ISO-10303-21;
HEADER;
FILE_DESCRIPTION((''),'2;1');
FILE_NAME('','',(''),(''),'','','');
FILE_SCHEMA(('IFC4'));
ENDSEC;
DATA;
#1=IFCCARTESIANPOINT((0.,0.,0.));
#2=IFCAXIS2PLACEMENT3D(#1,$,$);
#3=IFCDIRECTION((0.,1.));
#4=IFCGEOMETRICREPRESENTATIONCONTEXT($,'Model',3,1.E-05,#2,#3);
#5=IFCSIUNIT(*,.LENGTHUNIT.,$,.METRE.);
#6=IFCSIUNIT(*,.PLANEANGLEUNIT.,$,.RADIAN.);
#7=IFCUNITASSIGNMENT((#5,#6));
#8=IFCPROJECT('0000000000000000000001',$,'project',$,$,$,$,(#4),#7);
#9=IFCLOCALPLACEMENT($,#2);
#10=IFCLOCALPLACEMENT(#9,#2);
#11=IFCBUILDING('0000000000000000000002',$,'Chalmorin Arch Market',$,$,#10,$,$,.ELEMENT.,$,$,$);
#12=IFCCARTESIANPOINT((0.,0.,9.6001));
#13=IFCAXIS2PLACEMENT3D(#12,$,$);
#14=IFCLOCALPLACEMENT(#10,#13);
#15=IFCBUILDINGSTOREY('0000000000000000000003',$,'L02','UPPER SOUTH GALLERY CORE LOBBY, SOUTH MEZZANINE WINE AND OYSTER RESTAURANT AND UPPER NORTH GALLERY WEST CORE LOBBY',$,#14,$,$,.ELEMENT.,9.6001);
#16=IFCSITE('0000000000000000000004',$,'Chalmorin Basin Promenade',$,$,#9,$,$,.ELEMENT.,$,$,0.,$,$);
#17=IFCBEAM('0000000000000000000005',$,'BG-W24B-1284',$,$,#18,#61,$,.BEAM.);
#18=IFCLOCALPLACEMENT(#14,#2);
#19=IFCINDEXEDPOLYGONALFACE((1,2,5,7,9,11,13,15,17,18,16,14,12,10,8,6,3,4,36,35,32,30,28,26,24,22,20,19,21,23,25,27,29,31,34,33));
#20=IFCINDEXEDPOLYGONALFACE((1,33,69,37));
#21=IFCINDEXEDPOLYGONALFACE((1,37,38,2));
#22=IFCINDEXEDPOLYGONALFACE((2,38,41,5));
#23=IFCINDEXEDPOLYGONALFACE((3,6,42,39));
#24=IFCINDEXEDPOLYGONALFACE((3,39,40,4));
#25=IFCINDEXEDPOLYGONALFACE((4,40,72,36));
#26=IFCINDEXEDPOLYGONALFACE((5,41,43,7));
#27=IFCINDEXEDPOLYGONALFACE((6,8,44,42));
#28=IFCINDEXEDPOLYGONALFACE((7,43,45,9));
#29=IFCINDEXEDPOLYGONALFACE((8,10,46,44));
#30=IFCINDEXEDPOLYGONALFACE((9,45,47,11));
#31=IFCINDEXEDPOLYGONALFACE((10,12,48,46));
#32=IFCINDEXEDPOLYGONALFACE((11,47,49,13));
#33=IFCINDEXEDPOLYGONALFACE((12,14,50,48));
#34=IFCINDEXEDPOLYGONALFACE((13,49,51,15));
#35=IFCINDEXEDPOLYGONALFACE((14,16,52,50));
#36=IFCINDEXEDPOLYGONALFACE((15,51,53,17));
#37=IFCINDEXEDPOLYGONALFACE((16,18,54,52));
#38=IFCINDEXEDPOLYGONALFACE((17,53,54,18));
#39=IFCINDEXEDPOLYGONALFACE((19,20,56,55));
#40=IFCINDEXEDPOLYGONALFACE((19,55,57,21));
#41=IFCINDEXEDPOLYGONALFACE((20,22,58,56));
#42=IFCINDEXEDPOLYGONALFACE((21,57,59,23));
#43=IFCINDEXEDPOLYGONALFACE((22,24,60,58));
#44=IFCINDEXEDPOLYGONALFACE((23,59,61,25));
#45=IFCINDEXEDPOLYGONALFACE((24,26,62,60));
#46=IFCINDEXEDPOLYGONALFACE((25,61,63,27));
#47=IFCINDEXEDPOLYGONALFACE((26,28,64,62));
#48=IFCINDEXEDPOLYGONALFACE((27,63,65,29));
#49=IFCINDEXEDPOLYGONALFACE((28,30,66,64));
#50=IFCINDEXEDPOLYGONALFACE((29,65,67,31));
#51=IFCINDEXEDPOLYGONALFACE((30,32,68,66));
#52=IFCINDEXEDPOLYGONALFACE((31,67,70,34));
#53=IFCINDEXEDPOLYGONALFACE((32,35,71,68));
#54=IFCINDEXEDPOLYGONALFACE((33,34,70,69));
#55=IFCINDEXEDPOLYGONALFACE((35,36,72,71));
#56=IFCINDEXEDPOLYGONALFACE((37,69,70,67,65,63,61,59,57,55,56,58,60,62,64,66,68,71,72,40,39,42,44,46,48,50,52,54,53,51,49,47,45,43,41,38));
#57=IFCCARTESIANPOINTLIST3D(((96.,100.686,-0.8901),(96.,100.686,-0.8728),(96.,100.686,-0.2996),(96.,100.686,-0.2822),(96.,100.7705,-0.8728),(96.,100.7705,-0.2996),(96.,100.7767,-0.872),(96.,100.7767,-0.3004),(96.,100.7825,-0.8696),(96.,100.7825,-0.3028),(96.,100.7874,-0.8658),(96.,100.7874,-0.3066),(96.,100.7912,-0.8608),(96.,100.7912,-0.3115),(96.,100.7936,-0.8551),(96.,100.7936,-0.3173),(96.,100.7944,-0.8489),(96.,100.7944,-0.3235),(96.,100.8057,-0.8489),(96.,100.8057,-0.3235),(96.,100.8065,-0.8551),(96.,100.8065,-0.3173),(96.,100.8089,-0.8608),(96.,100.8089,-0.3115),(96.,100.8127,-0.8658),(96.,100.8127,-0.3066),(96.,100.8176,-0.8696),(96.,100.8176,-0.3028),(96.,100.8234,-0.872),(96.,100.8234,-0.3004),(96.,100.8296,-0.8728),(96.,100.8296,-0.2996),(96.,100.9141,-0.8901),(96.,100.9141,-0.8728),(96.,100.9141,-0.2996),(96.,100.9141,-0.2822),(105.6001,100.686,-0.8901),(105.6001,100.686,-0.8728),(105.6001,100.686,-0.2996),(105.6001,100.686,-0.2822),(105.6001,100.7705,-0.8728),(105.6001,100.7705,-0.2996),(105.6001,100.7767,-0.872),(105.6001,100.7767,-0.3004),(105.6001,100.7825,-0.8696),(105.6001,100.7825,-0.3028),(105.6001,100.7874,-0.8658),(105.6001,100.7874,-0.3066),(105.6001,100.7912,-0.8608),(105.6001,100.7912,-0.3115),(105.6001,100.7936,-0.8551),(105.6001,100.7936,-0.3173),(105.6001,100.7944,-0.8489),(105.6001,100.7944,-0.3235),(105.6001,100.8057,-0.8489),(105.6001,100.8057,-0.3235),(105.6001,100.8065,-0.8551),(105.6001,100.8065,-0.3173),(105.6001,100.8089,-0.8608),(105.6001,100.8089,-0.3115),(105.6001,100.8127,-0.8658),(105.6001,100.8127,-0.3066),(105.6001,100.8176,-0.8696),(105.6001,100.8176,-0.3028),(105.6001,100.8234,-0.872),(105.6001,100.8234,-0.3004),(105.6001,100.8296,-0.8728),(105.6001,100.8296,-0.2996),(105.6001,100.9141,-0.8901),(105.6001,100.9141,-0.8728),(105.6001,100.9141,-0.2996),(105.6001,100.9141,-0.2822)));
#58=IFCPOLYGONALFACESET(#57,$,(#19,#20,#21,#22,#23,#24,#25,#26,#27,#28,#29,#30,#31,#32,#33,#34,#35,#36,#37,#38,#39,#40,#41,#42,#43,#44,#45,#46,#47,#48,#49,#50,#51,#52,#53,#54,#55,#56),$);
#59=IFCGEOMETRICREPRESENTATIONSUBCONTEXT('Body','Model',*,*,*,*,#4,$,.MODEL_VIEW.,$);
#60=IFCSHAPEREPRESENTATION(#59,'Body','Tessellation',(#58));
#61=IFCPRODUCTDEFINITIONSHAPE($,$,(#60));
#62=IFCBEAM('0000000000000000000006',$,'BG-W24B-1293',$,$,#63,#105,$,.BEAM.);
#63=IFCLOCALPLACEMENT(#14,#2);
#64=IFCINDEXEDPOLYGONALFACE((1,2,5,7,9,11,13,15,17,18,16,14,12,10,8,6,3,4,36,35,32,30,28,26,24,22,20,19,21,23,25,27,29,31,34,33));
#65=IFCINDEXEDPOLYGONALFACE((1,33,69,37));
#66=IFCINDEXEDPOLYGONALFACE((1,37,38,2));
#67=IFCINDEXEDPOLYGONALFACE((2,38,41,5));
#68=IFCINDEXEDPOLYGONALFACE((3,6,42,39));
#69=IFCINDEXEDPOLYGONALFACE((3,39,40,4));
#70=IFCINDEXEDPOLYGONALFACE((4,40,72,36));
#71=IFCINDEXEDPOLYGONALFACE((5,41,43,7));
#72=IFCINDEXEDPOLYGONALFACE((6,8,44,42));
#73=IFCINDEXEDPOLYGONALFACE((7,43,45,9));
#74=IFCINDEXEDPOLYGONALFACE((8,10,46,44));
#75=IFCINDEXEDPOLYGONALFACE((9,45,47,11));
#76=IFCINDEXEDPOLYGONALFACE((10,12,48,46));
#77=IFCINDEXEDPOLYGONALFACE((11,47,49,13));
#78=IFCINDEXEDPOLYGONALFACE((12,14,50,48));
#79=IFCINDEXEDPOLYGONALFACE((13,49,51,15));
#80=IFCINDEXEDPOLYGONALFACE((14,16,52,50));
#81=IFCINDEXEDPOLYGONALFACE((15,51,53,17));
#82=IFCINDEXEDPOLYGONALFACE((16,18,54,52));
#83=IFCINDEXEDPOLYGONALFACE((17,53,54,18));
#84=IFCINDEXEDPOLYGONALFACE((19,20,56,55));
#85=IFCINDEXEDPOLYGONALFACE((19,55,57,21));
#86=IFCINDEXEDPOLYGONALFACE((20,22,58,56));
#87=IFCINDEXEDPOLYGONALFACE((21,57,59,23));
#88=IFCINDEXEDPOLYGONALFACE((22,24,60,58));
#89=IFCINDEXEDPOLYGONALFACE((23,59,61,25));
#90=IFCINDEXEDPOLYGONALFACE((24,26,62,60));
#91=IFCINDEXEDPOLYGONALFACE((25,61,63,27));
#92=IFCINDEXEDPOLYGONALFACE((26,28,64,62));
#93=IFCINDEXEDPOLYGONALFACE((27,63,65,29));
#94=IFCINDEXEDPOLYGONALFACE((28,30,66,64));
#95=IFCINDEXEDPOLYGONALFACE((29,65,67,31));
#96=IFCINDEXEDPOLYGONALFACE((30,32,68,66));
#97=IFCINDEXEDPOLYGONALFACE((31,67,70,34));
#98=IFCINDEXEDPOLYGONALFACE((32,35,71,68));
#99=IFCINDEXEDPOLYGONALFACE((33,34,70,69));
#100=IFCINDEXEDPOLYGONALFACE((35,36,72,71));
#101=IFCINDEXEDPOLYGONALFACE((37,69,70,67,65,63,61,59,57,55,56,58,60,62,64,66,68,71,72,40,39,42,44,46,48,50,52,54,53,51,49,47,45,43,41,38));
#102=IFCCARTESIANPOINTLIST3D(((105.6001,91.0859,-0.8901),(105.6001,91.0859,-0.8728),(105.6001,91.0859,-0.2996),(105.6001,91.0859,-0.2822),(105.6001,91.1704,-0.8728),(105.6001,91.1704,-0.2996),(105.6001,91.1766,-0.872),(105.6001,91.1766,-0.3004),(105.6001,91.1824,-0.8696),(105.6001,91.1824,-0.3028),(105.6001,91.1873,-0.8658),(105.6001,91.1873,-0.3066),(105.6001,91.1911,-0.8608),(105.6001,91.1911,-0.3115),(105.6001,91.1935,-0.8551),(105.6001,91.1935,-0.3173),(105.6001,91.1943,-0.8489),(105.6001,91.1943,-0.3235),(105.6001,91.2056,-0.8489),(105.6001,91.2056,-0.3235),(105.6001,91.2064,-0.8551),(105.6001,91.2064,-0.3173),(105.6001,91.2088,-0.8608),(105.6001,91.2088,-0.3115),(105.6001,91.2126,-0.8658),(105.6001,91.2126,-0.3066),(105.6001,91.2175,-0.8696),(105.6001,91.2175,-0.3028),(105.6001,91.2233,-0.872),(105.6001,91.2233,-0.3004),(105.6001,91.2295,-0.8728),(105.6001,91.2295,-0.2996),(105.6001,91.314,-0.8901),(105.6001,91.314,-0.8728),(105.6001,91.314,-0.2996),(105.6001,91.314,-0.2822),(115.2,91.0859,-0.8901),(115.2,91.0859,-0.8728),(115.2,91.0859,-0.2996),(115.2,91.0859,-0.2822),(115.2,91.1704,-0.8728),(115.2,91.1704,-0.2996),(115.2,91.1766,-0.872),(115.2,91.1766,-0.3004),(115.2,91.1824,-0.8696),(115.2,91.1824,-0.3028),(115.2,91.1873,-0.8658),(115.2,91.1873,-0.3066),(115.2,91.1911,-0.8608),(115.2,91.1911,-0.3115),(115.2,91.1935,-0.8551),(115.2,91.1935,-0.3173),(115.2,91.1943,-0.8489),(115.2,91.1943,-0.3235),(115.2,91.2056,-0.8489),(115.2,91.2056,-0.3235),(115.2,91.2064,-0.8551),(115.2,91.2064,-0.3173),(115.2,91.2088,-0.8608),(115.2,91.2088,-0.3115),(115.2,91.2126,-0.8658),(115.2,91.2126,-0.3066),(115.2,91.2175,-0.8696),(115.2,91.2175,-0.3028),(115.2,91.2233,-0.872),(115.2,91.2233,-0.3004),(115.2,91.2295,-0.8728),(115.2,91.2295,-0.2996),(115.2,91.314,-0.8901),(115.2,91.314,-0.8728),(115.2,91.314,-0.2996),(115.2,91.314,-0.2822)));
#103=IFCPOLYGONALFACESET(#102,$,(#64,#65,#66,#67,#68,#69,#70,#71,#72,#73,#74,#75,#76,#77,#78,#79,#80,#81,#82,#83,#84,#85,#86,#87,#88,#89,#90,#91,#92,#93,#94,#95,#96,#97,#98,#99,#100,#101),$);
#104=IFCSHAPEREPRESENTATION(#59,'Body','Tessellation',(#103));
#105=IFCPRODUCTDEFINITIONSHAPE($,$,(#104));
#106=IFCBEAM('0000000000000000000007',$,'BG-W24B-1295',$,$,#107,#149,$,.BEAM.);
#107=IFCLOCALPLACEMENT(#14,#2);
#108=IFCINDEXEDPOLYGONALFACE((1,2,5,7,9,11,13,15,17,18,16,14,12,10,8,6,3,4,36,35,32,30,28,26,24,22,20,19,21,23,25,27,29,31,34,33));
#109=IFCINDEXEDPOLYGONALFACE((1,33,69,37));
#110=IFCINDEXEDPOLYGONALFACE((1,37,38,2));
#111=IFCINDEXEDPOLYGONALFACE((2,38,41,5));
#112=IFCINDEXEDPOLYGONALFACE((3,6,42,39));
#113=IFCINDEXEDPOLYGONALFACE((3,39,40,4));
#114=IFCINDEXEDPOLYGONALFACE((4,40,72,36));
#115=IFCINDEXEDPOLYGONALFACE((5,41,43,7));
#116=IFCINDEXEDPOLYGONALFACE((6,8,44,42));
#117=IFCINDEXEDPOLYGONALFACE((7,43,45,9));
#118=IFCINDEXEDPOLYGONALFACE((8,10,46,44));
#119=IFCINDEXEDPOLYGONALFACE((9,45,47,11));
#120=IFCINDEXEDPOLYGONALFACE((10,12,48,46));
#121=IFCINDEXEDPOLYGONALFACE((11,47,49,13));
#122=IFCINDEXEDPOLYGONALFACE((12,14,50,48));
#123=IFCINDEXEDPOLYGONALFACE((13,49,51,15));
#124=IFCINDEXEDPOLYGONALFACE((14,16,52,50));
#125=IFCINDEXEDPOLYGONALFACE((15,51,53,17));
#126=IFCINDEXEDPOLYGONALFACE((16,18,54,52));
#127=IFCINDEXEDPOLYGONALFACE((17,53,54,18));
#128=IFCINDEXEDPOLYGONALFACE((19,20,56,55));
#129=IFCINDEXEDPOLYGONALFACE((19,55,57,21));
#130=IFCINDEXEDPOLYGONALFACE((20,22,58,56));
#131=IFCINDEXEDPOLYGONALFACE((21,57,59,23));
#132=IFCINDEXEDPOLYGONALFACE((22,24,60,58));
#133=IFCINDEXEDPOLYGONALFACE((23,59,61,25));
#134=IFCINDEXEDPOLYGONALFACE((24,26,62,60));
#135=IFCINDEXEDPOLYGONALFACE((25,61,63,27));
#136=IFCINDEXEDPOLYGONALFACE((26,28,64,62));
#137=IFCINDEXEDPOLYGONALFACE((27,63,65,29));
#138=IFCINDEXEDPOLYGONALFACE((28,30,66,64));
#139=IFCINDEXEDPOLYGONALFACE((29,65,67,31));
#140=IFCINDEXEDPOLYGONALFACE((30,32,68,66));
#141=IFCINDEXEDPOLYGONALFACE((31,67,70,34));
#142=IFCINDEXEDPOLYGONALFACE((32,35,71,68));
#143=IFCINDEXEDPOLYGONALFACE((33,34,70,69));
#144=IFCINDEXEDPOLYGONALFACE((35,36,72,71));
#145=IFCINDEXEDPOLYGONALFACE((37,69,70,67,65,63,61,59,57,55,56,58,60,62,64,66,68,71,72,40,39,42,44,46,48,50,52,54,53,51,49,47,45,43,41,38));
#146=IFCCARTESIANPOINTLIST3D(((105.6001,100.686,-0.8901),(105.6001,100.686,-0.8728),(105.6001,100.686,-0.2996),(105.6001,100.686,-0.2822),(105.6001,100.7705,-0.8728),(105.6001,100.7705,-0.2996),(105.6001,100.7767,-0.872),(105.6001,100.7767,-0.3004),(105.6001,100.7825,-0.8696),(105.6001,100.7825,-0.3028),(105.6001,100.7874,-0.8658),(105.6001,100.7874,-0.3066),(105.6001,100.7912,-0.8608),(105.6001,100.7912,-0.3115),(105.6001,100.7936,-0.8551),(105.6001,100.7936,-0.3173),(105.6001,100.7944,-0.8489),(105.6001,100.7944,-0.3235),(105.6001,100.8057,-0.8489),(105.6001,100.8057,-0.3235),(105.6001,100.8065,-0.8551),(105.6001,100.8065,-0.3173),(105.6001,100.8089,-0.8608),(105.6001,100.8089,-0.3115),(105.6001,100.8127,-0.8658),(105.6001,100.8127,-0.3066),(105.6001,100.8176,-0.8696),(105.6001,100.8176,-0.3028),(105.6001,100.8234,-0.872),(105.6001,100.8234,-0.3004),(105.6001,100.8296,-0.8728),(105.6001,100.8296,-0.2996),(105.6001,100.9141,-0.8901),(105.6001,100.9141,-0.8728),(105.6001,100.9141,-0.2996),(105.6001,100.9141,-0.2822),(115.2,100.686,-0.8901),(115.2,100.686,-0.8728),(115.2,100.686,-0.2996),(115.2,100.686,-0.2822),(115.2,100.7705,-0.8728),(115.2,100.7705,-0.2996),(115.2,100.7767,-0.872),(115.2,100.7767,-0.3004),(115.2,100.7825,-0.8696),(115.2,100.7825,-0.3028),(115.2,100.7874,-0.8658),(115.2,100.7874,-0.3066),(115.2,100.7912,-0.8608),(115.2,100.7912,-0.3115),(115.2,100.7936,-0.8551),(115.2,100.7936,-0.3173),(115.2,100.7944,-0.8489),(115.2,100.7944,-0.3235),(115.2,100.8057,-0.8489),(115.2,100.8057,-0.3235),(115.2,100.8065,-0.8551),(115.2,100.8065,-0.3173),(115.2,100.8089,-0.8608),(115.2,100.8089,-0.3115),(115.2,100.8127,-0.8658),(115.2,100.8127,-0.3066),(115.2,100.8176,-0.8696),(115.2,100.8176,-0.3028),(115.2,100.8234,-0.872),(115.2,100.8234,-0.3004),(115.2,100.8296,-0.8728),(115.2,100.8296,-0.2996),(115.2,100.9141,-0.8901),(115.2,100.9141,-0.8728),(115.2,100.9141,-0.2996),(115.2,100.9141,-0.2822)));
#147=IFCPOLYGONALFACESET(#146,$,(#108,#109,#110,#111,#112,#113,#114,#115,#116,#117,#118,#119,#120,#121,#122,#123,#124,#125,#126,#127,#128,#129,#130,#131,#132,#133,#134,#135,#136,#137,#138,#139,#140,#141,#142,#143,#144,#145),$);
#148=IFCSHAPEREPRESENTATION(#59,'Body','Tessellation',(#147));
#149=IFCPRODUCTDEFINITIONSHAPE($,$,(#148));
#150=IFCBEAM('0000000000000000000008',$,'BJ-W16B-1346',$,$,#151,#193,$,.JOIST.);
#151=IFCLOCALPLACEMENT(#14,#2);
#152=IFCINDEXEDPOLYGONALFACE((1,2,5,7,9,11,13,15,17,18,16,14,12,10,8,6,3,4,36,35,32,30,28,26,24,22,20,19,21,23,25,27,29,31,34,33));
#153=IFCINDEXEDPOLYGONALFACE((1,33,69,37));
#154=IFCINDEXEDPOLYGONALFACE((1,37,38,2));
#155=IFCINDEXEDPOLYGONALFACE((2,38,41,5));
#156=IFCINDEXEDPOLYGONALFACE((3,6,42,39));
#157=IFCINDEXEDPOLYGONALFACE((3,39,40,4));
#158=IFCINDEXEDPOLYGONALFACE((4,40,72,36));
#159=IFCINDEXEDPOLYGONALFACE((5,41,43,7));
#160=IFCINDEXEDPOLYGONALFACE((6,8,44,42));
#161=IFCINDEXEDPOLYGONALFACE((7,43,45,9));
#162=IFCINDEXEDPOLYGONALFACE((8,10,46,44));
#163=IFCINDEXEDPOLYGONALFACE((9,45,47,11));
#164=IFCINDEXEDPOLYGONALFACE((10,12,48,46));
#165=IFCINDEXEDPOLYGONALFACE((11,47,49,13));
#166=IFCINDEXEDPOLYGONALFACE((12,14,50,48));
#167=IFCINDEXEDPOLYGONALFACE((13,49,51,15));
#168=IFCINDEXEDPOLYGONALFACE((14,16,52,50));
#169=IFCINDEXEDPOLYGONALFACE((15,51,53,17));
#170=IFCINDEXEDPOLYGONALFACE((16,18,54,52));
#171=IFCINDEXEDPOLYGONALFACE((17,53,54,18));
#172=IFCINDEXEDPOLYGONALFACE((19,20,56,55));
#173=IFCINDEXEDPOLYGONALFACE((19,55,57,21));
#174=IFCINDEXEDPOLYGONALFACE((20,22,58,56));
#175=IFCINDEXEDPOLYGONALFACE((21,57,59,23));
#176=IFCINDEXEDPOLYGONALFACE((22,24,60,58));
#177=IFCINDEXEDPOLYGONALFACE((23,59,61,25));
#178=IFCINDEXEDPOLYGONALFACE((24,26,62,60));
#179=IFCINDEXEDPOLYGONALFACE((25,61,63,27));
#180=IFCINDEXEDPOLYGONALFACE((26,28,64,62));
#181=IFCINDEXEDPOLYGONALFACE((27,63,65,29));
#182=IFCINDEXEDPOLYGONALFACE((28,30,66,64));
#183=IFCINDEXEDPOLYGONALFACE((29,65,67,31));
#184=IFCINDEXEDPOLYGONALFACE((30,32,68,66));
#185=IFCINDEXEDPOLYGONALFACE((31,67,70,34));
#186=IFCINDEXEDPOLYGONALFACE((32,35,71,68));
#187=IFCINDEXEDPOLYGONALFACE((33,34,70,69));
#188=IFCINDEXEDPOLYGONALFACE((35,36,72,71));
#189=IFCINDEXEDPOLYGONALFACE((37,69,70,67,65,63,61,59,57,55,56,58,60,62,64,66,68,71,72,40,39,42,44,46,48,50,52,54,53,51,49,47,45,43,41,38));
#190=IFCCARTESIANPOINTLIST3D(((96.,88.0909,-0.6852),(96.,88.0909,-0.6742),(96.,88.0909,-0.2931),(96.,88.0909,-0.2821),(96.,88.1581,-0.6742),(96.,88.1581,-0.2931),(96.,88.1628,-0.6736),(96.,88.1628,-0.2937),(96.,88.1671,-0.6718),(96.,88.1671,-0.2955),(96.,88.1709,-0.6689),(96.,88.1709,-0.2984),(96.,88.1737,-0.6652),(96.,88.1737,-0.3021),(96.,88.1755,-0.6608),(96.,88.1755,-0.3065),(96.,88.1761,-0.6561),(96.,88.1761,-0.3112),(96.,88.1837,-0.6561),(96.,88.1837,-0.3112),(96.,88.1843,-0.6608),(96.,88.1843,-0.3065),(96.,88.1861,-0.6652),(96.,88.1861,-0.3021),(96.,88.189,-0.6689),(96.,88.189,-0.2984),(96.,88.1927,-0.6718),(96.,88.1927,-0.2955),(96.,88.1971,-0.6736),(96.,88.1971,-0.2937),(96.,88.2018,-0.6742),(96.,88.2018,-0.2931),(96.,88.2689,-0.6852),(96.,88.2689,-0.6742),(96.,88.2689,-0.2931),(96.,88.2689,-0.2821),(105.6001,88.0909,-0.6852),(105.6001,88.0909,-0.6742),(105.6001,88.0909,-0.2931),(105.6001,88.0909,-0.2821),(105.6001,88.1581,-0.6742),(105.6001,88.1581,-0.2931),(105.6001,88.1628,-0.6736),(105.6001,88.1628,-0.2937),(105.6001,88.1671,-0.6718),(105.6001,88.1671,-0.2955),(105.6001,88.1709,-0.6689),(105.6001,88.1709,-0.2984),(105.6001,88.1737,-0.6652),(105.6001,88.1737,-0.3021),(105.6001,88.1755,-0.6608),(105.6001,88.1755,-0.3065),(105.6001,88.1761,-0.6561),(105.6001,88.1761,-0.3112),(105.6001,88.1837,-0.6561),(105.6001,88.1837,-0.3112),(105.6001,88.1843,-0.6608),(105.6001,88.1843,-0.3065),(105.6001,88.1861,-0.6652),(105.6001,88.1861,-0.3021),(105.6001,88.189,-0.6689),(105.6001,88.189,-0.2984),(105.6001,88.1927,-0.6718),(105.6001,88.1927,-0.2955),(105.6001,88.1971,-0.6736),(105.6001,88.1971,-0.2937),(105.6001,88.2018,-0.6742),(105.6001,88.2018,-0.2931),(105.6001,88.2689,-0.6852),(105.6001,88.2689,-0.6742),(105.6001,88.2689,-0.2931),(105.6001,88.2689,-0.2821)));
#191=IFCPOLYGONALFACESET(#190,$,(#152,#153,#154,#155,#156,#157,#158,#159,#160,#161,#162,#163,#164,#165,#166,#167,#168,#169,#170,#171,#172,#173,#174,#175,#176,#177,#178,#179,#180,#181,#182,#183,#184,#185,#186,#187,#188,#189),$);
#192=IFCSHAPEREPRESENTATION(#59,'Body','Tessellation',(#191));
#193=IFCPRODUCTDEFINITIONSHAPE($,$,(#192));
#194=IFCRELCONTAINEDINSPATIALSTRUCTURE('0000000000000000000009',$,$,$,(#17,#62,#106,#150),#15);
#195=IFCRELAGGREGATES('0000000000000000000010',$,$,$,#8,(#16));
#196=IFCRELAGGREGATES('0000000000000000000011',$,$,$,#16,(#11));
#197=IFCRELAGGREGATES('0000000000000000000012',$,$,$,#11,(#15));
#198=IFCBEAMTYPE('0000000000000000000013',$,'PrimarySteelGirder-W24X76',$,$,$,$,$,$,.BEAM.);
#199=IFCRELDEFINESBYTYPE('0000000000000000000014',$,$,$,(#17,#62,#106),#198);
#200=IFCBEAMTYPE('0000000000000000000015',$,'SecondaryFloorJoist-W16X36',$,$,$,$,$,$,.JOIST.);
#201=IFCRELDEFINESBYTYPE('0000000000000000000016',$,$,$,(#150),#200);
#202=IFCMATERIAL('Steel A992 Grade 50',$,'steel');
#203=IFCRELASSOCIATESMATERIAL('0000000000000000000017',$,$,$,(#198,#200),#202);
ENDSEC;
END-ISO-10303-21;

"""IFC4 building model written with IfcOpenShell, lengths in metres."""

from ifc_helpers import new_model, si_unit, direction, frame, origin, origin_2d, place, context, subcontext, project, spatial, i_section, extrude, material, material_profile, profile_set, type_object, element, save


model = new_model("IFC4")

# Units and contexts
model_context = context("Model", 3, precision=1e-05, world=origin(), true_north=direction((0.0, 1.0)))
body_context = subcontext(model_context, "Body", "Model", "MODEL_VIEW")
ifc_project = project(units=[si_unit("LENGTHUNIT", "METRE"), si_unit("PLANEANGLEUNIT", "RADIAN")], contexts=[model_context])

# Site, building, storey
site_placement = place(None, origin())
site = spatial("IfcSite", under=ifc_project, at=site_placement, Name="Chalmorin Basin Promenade", CompositionType="ELEMENT", RefElevation=0.0)
building_placement = place(site_placement, origin())
building = spatial("IfcBuilding", under=site, at=building_placement, Name="Chalmorin Arch Market", CompositionType="ELEMENT")
storey_placement = place(building_placement, frame((0.0, 0.0, 9.6001)))
storey = spatial("IfcBuildingStorey", under=building, at=storey_placement, Name="L02", Description="UPPER SOUTH GALLERY CORE LOBBY, SOUTH MEZZANINE WINE AND OYSTER RESTAURANT AND UPPER NORTH GALLERY WEST CORE LOBBY", CompositionType="ELEMENT", Elevation=9.6001)

# Beams
ifc_material_1 = material(Name="Steel A992 Grade 50", Category="steel")
ifc_material_profile_1 = material_profile(ifc_material_1, i_section(OverallWidth=0.228, OverallDepth=0.6079, WebThickness=0.0112, FlangeThickness=0.0173, FilletRadius=0.0239, at=origin_2d()), Name="W24X76")
ifc_profile_set_1 = profile_set([ifc_material_profile_1], Name="Steel A992 Grade 50")
beam_type_1 = type_object("IfcBeamType", Name="PrimarySteelGirder-W24X76", PredefinedType="BEAM", material=ifc_profile_set_1)
for number, where, z_axis, x_axis, name in (
    (1, (96.0, 100.8, -0.5862), (1.0, 0.0, 0.0), (0.0, 1.0, 0.0), "BG-W24B-1284"),
):
    element("IfcBeam", number, at=place(storey_placement, frame(where, z_axis=z_axis, x_axis=x_axis)), inside=storey, type_object=beam_type_1, Name=name, PredefinedType="BEAM", context=body_context, shape_type="SweptSolid", body=[
        extrude(i_section(OverallWidth=0.228, OverallDepth=0.6079, WebThickness=0.0112, FlangeThickness=0.0173, FilletRadius=0.0239, at=origin_2d()), origin(), (0.0, 0.0, 1.0), 9.6001),
    ])
for number, where, z_axis, x_axis, name in (
    (2, (105.6001, 91.2, -0.5862), (1.0, 0.0, 0.0), (0.0, 1.0, 0.0), "BG-W24B-1293"),
    (3, (105.6001, 100.8, -0.5862), (1.0, 0.0, 0.0), (0.0, 1.0, 0.0), "BG-W24B-1295"),
):
    element("IfcBeam", number, at=place(storey_placement, frame(where, z_axis=z_axis, x_axis=x_axis)), inside=storey, type_object=beam_type_1, Name=name, PredefinedType="BEAM", context=body_context, shape_type="SweptSolid", body=[
        extrude(i_section(OverallWidth=0.228, OverallDepth=0.6079, WebThickness=0.0112, FlangeThickness=0.0173, FilletRadius=0.0239, at=origin_2d()), origin(), (0.0, 0.0, 1.0), 9.5999),
    ])
ifc_material_profile_2 = material_profile(ifc_material_1, i_section(OverallWidth=0.178, OverallDepth=0.4031, WebThickness=0.0076, FlangeThickness=0.011, FilletRadius=0.0181, at=origin_2d()), Name="W16X36")
ifc_profile_set_2 = profile_set([ifc_material_profile_2], Name="Steel A992 Grade 50")
beam_type_2 = type_object("IfcBeamType", Name="SecondaryFloorJoist-W16X36", PredefinedType="JOIST", material=ifc_profile_set_2)
for number, where, z_axis, x_axis, name in (
    (4, (96.0, 88.1799, -0.4836), (1.0, 0.0, 0.0), (0.0, 1.0, 0.0), "BJ-W16B-1346"),
):
    element("IfcBeam", number, at=place(storey_placement, frame(where, z_axis=z_axis, x_axis=x_axis)), inside=storey, type_object=beam_type_2, Name=name, PredefinedType="JOIST", context=body_context, shape_type="SweptSolid", body=[
        extrude(i_section(OverallWidth=0.178, OverallDepth=0.4031, WebThickness=0.0076, FlangeThickness=0.011, FilletRadius=0.0181, at=origin_2d()), origin(), (0.0, 0.0, 1.0), 9.6001),
    ])

save(model, "model.ifc")
